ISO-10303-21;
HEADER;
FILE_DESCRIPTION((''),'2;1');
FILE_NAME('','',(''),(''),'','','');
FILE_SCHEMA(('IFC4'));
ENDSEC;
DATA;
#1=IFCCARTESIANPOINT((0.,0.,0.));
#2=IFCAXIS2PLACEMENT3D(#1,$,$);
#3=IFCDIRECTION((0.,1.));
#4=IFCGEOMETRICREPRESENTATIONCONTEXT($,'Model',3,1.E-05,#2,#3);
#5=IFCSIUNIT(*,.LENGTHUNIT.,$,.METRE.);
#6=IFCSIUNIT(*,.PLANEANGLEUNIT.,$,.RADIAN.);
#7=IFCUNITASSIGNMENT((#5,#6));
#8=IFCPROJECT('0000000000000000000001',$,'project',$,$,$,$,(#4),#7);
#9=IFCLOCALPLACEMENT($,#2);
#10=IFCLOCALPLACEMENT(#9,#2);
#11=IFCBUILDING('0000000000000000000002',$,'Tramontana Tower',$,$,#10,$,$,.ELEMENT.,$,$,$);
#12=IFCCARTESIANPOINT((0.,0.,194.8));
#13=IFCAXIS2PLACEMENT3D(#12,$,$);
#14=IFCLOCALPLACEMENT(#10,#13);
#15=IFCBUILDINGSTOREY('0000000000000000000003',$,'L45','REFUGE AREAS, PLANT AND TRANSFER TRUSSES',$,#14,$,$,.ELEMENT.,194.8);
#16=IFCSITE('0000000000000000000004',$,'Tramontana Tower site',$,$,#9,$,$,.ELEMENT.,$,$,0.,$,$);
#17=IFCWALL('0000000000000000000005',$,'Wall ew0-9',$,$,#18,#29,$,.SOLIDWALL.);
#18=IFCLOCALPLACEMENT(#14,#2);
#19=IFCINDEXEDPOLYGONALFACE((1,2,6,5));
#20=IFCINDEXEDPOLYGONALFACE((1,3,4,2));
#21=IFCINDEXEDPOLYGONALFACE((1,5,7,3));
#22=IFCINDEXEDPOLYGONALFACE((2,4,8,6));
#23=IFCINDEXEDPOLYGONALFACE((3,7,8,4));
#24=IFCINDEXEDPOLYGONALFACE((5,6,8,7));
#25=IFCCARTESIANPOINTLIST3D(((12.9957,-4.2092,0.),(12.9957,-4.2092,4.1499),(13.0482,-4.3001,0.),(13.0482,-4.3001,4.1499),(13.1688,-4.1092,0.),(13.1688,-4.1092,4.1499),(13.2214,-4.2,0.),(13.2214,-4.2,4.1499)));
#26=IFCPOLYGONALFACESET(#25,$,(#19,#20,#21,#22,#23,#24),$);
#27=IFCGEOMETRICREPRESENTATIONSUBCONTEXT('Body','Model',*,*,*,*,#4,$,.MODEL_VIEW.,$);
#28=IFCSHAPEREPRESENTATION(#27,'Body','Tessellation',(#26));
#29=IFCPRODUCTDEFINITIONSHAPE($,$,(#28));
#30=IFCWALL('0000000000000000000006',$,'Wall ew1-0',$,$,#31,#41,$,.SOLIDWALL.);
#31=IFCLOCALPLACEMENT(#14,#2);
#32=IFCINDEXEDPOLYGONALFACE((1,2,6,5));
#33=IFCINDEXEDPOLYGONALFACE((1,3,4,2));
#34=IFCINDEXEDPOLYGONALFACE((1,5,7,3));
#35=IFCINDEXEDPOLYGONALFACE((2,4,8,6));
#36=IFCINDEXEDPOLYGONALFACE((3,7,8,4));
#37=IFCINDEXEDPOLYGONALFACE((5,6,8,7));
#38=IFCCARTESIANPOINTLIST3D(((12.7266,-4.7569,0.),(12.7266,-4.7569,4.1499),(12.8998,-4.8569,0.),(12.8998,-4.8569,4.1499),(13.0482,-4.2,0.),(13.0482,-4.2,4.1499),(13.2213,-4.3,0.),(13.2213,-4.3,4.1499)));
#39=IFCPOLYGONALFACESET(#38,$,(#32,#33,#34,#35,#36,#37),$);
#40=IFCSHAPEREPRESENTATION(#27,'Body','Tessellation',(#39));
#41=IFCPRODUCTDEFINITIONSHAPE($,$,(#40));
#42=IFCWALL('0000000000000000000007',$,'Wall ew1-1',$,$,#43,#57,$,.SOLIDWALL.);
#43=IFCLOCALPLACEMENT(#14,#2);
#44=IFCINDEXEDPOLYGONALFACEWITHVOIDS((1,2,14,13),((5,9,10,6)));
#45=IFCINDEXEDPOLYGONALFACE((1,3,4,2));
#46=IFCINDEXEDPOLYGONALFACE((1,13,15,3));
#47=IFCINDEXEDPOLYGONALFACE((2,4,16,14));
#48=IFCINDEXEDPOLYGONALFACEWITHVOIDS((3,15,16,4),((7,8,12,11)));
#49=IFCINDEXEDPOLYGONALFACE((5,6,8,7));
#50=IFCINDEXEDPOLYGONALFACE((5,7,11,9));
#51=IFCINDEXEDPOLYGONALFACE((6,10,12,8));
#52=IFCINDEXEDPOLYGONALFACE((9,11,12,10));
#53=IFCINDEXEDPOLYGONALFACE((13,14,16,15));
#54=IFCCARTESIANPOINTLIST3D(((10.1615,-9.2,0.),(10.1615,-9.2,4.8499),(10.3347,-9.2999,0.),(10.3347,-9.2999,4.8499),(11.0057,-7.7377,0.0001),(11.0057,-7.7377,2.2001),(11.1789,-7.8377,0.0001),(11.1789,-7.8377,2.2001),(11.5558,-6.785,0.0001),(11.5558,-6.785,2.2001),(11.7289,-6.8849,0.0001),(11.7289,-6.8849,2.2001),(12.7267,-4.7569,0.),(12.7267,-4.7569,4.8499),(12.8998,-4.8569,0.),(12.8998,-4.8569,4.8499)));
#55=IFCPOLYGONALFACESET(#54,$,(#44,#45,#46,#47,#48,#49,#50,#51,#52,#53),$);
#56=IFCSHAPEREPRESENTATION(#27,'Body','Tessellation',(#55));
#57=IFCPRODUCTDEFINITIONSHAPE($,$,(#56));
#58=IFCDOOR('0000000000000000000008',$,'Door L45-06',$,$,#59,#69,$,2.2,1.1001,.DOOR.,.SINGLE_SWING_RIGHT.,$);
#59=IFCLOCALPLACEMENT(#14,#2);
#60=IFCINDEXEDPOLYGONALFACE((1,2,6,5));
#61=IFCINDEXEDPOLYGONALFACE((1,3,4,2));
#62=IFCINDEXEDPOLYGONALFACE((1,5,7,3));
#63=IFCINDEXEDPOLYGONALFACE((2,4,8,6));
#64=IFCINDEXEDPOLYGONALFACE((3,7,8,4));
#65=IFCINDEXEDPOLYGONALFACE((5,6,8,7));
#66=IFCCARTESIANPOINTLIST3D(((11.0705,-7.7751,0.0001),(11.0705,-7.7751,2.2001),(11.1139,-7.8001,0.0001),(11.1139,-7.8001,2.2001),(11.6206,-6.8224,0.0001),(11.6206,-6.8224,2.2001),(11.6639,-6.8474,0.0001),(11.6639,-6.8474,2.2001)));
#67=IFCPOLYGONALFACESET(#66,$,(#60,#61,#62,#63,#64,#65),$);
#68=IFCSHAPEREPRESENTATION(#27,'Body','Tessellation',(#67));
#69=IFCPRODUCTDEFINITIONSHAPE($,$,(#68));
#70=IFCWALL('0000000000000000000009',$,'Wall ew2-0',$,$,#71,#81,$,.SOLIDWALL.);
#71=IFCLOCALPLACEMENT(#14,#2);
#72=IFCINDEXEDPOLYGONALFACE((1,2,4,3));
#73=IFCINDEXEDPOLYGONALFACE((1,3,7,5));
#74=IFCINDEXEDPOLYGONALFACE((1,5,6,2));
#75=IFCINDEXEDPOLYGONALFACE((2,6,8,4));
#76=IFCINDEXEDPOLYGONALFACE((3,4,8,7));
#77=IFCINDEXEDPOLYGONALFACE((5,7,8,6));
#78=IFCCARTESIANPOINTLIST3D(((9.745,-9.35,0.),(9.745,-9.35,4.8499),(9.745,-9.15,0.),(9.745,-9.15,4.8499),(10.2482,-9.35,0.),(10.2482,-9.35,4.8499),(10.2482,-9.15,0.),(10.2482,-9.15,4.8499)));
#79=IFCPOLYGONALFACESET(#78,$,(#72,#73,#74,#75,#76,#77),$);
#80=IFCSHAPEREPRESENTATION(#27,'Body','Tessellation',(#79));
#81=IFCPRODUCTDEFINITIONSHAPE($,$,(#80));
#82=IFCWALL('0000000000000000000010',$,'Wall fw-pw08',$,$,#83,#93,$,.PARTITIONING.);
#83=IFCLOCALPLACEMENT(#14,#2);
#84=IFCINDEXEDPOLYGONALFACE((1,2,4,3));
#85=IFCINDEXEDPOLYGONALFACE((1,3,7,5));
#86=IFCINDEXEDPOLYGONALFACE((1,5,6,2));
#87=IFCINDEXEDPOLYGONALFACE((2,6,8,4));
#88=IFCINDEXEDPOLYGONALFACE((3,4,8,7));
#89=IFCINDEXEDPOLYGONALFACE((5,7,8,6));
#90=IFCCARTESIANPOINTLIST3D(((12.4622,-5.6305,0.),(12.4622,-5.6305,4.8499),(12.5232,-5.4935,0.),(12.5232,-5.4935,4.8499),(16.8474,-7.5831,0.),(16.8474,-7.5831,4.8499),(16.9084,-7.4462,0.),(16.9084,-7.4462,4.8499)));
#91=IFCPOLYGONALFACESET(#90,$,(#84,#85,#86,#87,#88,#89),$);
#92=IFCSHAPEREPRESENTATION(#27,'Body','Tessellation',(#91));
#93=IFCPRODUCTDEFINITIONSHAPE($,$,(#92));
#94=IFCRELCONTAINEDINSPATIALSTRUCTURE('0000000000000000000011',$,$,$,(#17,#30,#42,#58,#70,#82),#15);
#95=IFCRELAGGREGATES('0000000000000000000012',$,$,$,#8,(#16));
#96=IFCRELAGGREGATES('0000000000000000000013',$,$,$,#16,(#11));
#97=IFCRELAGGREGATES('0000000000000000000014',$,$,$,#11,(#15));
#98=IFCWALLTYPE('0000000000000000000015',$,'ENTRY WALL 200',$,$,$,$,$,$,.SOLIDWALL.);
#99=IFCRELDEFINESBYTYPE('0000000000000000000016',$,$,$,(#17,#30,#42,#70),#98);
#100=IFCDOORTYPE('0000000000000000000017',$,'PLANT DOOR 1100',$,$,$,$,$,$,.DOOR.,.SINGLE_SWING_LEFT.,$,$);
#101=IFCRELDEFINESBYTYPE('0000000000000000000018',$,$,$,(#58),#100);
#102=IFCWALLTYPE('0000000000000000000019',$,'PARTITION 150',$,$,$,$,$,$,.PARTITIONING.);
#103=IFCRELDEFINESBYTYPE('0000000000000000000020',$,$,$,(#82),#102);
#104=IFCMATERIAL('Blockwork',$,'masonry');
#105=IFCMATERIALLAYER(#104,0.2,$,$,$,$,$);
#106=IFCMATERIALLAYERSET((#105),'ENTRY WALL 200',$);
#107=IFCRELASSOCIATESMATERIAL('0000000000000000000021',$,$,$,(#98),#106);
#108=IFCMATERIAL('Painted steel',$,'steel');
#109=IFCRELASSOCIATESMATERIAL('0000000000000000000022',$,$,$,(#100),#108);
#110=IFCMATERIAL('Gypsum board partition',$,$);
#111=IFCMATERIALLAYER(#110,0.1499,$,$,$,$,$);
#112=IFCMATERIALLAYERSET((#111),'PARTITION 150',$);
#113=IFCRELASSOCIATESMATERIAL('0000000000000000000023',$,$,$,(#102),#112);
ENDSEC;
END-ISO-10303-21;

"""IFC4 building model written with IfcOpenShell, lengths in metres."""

from ifc_helpers import new_model, si_unit, direction, frame, frame_2d, origin, place, context, subcontext, project, spatial, rectangle, extrude, material, layer, layer_set, type_object, element, fill, save


model = new_model("IFC4")

# Units and contexts
model_context = context("Model", 3, precision=1e-05, world=origin(), true_north=direction((0.0, 1.0)))
body_context = subcontext(model_context, "Body", "Model", "MODEL_VIEW")
ifc_project = project(units=[si_unit("LENGTHUNIT", "METRE"), si_unit("PLANEANGLEUNIT", "RADIAN")], contexts=[model_context])

# Site, building, storey
site_placement = place(None, origin())
site = spatial("IfcSite", under=ifc_project, at=site_placement, Name="Tramontana Tower site", CompositionType="ELEMENT", RefElevation=0.0)
building_placement = place(site_placement, origin())
building = spatial("IfcBuilding", under=site, at=building_placement, Name="Tramontana Tower", CompositionType="ELEMENT")
storey_placement = place(building_placement, frame((0.0, 0.0, 194.8)))
storey = spatial("IfcBuildingStorey", under=building, at=storey_placement, Name="L45", Description="REFUGE AREAS, PLANT AND TRANSFER TRUSSES", CompositionType="ELEMENT", Elevation=194.8)

# Shared definitions
ifc_material_1 = material(Name="Blockwork", Category="masonry")
ifc_layer_1 = layer(ifc_material_1, 0.2)
ifc_layer_set_1 = layer_set([ifc_layer_1], Name="ENTRY WALL 200")
wall_type_1 = type_object("IfcWallType", Name="ENTRY WALL 200", PredefinedType="SOLIDWALL", material=ifc_layer_set_1)

# Shared definitions
ifc_material_2 = material(Name="Painted steel", Category="steel")
door_type_1 = type_object("IfcDoorType", Name="PLANT DOOR 1100", OperationType="SINGLE_SWING_LEFT", PredefinedType="DOOR", material=ifc_material_2)

# Walls
wall_1_placement = place(storey_placement, frame((13.0823, -4.1592, 0.0), z_axis=(0.0, 0.0, 1.0), x_axis=(0.500394, -0.865798, 0.0)))
element("IfcWall", 1, at=wall_1_placement, inside=storey, type_object=wall_type_1, Name="Wall ew0-9", PredefinedType="SOLIDWALL", context=body_context, shape_type="SweptSolid", body=[
    extrude(rectangle(XDim=0.105, YDim=0.2, at=frame_2d((0.0525, 0.0))), origin(), (0.0, 0.0, 1.0), 4.1499),
])
wall_2_placement = place(storey_placement, frame((13.1348, -4.25, 0.0), z_axis=(0.0, 0.0, 1.0), x_axis=(-0.500018, -0.866015, 0.0)))
element("IfcWall", 2, at=wall_2_placement, inside=storey, type_object=wall_type_1, Name="Wall ew1-0", PredefinedType="SOLIDWALL", context=body_context, shape_type="SweptSolid", body=[
    extrude(rectangle(XDim=0.6431, YDim=0.2, at=frame_2d((0.3215, 0.0))), origin(), (0.0, 0.0, 1.0), 4.1499),
])

# Wall, opening, door
wall_3_placement = place(storey_placement, frame((12.8132, -4.8069, 0.0), z_axis=(0.0, 0.0, 1.0), x_axis=(-0.499993, -0.866029, 0.0)))
wall_3 = element("IfcWall", 3, at=wall_3_placement, inside=storey, type_object=wall_type_1, Name="Wall ew1-1", PredefinedType="SOLIDWALL", context=body_context, shape_type="SweptSolid", body=[
    extrude(rectangle(XDim=5.1304, YDim=0.2, at=frame_2d((2.5652, 0.0))), origin(), (0.0, 0.0, 1.0), 4.8499),
])
opening_1_placement = place(wall_3_placement, frame((2.3418, 0.0, 0.0)))
opening_1 = element("IfcOpeningElement", 4, at=opening_1_placement, cuts=wall_3, PredefinedType="OPENING", context=body_context, shape_type="SweptSolid", body=[
    extrude(rectangle(XDim=1.1001, YDim=2.2, at=frame_2d((0.55, 1.1001))), frame((0.0, 0.1099, 0.0), z_axis=(0.0, -1.0, 0.0), x_axis=(1.0, 0.0, 0.0)), (0.0, 0.0, 1.0), 0.22),
])
door_1_placement = place(opening_1_placement, origin())
door_1 = element("IfcDoor", 5, at=door_1_placement, inside=storey, type_object=door_type_1, Name="Door L45-06", OperationType="SINGLE_SWING_RIGHT", OverallHeight=2.2, OverallWidth=1.1001, PredefinedType="DOOR", context=body_context, shape_type="SweptSolid", body=[
    extrude(rectangle(XDim=1.1001, YDim=2.2, at=frame_2d((0.55, 1.1001))), frame((0.0, 0.0249, 0.0), z_axis=(0.0, -1.0, 0.0), x_axis=(1.0, 0.0, 0.0)), (0.0, 0.0, 1.0), 0.05),
])
fill(opening_1, door_1)

# Walls
wall_4_placement = place(storey_placement, frame((10.248, -9.25, 0.0), z_axis=(0.0, 0.0, 1.0), x_axis=(-1.0, 0.0, 0.0)))
element("IfcWall", 6, at=wall_4_placement, inside=storey, type_object=wall_type_1, Name="Wall ew2-0", PredefinedType="SOLIDWALL", context=body_context, shape_type="SweptSolid", body=[
    extrude(rectangle(XDim=0.5032, YDim=0.2, at=frame_2d((0.2515, 0.0))), origin(), (0.0, 0.0, 1.0), 4.8499),
])
ifc_material_3 = material(Name="Gypsum board partition")
ifc_layer_2 = layer(ifc_material_3, 0.1499)
ifc_layer_set_2 = layer_set([ifc_layer_2], Name="PARTITION 150")
wall_type_2 = type_object("IfcWallType", Name="PARTITION 150", PredefinedType="PARTITIONING", material=ifc_layer_set_2)
wall_5_placement = place(storey_placement, frame((12.4927, -5.562, 0.0), z_axis=(0.0, 0.0, 1.0), x_axis=(0.91353, -0.406771, 0.0)))
element("IfcWall", 7, at=wall_5_placement, inside=storey, type_object=wall_type_2, Name="Wall fw-pw08", PredefinedType="PARTITIONING", context=body_context, shape_type="SweptSolid", body=[
    extrude(rectangle(XDim=4.8003, YDim=0.1499, at=frame_2d((2.4001, 0.0))), origin(), (0.0, 0.0, 1.0), 4.8499),
])

save(model, "model.ifc")
